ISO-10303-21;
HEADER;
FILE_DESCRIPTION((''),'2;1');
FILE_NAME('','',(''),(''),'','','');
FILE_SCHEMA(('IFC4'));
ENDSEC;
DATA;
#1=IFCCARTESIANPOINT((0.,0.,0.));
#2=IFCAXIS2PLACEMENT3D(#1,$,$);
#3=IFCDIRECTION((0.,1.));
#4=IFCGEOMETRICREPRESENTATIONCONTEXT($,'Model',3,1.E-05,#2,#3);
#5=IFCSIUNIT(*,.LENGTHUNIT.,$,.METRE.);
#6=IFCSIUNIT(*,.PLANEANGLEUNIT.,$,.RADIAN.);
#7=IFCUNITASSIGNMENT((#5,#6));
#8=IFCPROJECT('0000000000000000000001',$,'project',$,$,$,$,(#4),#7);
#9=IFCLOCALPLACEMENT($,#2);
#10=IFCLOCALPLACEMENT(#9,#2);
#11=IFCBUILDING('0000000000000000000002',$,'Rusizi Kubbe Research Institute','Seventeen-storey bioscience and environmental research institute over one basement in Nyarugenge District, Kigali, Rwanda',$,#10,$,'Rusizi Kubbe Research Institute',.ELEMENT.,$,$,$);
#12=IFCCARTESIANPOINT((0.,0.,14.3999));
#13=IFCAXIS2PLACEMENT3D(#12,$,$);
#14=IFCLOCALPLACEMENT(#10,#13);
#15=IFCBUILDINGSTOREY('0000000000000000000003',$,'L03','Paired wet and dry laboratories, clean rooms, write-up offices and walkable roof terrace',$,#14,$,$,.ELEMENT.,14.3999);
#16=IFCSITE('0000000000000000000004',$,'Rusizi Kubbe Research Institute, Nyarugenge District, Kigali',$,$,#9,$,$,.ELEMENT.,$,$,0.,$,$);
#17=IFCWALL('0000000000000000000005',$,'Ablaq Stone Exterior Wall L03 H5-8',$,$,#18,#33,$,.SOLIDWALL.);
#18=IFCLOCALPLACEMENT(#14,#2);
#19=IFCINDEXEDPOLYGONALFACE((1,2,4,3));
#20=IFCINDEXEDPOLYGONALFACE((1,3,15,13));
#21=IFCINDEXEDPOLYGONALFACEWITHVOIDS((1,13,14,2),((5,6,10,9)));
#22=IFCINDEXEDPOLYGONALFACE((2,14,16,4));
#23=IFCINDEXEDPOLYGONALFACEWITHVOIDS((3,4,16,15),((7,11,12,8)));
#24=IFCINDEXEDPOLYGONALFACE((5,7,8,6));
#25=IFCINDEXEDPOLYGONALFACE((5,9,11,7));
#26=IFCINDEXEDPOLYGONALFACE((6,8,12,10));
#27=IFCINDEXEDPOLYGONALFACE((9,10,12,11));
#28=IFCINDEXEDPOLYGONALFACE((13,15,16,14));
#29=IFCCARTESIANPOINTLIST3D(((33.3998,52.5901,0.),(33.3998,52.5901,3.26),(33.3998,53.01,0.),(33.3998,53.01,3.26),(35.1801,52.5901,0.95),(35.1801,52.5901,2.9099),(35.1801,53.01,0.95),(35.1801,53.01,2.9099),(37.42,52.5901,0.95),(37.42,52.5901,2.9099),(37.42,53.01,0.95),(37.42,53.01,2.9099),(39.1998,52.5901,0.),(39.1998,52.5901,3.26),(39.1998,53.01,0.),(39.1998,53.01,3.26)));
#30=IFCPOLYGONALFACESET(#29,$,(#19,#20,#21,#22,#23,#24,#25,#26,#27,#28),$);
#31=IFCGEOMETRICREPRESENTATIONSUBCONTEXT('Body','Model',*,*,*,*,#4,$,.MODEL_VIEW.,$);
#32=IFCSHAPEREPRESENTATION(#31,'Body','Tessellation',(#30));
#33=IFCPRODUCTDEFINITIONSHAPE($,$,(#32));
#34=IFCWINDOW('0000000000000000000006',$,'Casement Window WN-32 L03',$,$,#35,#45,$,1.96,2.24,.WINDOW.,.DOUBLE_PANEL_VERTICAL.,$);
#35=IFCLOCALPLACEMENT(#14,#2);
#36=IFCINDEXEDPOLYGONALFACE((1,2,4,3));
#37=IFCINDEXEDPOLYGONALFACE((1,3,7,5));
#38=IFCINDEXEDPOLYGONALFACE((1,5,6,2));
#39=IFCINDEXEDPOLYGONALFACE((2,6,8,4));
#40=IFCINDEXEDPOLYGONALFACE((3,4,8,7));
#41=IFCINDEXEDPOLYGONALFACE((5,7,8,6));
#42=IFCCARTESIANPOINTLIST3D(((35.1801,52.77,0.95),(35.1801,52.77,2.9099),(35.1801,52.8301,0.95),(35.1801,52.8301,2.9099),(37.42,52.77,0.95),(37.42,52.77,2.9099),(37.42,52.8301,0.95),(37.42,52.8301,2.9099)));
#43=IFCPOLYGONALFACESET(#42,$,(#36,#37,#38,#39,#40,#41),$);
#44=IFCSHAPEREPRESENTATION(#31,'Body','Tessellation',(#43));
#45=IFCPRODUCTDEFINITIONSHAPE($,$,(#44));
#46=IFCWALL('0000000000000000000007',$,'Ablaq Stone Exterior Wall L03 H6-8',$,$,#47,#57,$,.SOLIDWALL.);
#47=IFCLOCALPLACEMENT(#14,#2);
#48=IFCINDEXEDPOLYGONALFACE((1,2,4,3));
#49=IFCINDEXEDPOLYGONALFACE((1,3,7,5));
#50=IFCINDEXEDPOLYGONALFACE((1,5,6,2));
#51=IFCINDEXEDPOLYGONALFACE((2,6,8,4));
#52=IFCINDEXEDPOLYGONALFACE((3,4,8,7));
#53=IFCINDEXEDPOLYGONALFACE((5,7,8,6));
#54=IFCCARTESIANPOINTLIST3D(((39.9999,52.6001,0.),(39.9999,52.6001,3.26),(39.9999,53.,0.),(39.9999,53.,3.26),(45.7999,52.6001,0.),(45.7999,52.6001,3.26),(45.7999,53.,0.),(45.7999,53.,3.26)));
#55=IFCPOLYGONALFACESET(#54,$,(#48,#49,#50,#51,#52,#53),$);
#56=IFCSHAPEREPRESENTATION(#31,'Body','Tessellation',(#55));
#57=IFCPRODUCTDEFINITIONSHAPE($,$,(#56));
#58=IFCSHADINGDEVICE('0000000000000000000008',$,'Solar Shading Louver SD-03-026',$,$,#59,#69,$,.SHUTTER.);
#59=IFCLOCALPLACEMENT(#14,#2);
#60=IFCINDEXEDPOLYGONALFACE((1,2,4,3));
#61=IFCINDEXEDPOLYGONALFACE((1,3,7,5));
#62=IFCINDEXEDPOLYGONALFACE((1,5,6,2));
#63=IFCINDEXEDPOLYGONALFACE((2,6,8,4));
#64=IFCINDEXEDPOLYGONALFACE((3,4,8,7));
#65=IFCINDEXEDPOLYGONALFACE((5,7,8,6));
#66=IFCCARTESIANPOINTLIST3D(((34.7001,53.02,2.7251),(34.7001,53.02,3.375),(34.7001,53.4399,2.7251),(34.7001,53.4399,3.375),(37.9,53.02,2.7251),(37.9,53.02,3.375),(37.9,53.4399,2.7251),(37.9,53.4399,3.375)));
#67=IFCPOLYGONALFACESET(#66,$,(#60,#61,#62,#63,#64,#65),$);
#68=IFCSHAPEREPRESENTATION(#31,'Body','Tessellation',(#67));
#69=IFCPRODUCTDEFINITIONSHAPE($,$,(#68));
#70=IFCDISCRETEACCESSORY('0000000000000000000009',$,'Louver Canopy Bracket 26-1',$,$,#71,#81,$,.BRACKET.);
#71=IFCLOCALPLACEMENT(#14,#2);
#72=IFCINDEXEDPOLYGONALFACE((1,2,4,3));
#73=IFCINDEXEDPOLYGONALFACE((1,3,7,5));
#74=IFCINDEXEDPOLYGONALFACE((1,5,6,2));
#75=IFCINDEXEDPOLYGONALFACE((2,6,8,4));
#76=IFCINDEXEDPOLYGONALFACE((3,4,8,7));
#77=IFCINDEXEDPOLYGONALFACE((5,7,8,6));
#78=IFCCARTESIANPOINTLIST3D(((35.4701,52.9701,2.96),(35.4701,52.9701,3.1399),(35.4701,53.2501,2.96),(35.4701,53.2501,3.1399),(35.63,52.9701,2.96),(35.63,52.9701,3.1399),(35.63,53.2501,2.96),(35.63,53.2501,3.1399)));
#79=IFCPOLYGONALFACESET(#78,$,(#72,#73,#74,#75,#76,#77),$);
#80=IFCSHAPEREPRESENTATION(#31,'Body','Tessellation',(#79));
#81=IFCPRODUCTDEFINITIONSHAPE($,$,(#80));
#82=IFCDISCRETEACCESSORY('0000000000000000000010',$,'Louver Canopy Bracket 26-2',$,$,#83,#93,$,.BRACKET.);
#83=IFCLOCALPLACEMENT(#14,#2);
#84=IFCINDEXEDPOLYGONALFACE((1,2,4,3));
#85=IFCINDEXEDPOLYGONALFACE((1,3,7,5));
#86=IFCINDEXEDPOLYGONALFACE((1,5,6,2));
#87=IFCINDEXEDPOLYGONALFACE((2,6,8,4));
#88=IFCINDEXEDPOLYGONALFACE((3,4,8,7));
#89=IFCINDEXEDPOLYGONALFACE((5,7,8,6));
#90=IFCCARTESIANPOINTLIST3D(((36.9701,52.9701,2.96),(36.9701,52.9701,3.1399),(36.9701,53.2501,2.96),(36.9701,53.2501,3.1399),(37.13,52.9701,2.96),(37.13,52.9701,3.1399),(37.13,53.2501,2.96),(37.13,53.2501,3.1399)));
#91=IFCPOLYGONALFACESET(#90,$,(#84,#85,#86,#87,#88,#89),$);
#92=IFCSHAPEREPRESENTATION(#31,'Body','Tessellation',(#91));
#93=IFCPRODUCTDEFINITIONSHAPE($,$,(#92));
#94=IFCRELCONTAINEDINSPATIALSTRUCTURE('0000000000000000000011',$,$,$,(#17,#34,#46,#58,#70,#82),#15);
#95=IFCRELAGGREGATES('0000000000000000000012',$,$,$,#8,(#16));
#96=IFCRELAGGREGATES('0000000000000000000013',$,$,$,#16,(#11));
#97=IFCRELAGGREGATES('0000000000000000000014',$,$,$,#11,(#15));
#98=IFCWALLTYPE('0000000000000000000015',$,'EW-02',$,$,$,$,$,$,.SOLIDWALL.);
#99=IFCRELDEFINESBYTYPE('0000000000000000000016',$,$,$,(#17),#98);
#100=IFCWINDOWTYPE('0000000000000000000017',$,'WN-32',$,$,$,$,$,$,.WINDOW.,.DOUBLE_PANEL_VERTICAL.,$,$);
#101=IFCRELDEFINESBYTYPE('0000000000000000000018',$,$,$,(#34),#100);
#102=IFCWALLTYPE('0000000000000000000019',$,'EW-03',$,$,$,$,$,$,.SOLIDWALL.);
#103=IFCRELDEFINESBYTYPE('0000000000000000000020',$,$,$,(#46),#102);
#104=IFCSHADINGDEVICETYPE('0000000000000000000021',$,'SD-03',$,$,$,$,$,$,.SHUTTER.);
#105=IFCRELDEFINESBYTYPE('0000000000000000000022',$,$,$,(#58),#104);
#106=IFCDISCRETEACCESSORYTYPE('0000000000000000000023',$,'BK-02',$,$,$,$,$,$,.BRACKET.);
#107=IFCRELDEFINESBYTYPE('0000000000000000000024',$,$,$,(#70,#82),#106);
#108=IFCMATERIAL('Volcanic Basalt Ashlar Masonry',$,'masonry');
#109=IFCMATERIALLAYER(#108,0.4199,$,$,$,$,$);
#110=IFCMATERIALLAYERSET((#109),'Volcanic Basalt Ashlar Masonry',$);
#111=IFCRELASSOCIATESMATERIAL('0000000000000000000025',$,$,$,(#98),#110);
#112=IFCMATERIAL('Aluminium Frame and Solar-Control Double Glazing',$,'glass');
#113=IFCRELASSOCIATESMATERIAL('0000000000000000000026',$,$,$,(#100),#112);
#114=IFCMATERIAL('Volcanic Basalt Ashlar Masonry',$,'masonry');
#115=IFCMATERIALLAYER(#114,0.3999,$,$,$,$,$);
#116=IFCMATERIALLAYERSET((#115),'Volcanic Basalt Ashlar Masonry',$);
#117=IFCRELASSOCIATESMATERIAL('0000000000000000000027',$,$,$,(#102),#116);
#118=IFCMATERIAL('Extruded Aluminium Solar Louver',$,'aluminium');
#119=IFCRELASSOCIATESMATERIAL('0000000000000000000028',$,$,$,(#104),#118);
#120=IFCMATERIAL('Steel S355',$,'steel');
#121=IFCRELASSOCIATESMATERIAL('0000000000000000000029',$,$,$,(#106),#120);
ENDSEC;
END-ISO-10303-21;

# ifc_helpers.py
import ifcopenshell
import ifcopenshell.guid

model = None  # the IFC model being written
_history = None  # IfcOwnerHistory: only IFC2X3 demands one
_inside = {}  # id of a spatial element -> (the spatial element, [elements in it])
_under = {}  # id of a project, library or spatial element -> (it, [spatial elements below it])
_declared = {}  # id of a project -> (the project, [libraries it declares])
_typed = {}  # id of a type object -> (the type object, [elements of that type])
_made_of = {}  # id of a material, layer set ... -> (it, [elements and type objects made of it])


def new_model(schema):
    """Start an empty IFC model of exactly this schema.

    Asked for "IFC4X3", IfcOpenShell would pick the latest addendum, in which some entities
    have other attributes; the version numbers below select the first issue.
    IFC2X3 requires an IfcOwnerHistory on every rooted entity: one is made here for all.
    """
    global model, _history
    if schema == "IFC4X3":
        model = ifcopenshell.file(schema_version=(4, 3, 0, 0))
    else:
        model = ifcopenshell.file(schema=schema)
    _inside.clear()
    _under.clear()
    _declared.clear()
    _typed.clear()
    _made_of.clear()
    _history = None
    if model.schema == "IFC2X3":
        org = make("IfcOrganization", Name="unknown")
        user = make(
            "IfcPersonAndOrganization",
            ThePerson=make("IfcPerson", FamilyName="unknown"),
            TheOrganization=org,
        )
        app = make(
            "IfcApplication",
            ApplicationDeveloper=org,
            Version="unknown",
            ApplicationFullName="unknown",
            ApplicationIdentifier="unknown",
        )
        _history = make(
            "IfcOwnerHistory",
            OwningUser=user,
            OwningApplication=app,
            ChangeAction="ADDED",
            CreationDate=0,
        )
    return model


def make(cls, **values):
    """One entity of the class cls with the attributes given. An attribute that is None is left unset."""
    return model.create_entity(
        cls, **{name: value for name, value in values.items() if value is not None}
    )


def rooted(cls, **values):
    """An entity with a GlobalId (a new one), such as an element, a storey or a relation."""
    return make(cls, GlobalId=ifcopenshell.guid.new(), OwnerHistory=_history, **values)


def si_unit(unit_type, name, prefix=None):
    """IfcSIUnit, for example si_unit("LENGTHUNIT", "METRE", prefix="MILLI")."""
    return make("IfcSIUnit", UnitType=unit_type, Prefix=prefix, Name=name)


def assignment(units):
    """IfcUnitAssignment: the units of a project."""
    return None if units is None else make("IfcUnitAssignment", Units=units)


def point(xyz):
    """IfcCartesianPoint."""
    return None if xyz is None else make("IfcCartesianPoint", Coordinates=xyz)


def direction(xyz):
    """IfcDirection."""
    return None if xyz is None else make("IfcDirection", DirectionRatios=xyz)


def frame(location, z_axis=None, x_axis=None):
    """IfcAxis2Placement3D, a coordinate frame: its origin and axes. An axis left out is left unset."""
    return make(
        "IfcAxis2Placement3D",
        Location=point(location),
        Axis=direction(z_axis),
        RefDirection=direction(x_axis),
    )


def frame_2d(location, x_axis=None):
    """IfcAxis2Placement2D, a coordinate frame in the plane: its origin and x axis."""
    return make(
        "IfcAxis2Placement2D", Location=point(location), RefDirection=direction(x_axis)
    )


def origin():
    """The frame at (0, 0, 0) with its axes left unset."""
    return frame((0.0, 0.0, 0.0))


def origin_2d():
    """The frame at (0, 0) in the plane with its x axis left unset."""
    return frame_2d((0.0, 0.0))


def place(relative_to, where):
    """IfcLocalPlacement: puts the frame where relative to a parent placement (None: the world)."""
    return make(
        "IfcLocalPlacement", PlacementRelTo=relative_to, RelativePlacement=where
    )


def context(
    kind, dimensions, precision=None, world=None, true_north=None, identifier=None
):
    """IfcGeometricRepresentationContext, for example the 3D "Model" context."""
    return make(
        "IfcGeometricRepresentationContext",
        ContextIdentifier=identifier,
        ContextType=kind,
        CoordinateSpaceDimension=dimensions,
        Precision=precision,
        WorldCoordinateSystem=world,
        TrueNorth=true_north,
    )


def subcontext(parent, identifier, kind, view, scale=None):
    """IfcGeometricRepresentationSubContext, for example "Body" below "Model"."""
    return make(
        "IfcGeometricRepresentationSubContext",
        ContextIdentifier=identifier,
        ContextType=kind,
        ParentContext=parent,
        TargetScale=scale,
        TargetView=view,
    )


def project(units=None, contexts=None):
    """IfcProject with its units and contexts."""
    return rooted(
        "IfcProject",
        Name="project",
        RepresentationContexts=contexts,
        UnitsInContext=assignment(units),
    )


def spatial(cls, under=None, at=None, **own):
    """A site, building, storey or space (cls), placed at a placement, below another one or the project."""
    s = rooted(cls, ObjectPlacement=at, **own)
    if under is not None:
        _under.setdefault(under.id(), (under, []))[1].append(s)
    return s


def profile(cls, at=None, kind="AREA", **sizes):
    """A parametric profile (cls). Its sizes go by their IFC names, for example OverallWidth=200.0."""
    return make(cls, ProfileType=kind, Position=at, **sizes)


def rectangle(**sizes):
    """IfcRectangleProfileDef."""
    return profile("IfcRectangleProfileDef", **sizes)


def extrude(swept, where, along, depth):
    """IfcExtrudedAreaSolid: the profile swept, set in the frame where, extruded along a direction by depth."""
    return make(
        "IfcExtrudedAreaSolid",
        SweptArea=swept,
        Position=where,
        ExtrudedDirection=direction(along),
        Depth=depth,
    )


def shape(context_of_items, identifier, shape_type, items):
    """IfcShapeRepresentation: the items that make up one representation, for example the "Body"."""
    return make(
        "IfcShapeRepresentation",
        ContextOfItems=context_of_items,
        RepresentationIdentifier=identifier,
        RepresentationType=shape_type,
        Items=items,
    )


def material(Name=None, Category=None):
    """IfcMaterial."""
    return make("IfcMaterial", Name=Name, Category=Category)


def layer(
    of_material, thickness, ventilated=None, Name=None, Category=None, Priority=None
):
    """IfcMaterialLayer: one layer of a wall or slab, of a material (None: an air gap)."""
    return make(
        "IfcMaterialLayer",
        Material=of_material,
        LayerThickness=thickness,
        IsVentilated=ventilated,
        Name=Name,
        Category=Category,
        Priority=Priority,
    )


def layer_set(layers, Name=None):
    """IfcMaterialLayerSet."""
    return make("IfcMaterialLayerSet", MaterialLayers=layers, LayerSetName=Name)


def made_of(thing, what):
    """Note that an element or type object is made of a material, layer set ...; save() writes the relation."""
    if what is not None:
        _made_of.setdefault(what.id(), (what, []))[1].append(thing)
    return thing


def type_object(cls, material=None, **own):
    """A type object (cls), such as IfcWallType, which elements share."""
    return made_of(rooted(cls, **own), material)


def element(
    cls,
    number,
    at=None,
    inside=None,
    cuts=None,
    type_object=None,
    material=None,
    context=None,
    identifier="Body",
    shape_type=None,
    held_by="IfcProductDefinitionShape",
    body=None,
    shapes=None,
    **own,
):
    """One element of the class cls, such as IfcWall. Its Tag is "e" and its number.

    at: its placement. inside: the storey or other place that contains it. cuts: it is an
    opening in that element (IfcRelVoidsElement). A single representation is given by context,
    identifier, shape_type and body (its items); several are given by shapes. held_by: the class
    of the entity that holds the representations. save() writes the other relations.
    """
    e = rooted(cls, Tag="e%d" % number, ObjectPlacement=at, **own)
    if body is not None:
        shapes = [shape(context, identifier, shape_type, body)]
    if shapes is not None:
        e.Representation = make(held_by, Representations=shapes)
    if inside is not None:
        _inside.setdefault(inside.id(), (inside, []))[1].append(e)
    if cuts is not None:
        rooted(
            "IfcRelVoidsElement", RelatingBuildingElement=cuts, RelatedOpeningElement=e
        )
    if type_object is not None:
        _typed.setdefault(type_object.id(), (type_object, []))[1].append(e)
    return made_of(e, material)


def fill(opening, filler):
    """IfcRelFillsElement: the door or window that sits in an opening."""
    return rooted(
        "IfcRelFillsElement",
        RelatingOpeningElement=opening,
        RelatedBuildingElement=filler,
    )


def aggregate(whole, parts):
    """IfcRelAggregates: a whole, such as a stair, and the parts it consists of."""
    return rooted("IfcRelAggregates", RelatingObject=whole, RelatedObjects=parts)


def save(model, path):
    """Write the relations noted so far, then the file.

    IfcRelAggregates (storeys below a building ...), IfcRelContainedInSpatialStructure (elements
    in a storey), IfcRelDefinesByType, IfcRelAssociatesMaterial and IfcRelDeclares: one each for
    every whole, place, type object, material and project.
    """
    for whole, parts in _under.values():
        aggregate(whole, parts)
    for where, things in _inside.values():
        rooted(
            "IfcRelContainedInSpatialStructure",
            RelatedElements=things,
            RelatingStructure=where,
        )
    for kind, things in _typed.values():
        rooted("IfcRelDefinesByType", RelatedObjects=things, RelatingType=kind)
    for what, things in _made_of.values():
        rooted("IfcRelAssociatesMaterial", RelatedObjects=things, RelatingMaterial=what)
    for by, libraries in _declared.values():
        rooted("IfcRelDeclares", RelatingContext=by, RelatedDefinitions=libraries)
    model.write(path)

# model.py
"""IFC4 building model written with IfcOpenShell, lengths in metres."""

from ifc_helpers import new_model, si_unit, direction, frame, frame_2d, origin, origin_2d, place, context, subcontext, project, spatial, rectangle, extrude, material, layer, layer_set, type_object, element, fill, save


model = new_model("IFC4")

# Units and contexts
model_context = context("Model", 3, precision=1e-05, world=origin(), true_north=direction((0.0, 1.0)))
body_context = subcontext(model_context, "Body", "Model", "MODEL_VIEW")
ifc_project = project(units=[si_unit("LENGTHUNIT", "METRE"), si_unit("PLANEANGLEUNIT", "RADIAN")], contexts=[model_context])

# Site, building, storey
site_placement = place(None, origin())
site = spatial("IfcSite", under=ifc_project, at=site_placement, Name="Rusizi Kubbe Research Institute, Nyarugenge District, Kigali", CompositionType="ELEMENT", RefElevation=0.0)
building_placement = place(site_placement, origin())
building = spatial("IfcBuilding", under=site, at=building_placement, Name="Rusizi Kubbe Research Institute", Description="Seventeen-storey bioscience and environmental research institute over one basement in Nyarugenge District, Kigali, Rwanda", LongName="Rusizi Kubbe Research Institute", CompositionType="ELEMENT")
storey_placement = place(building_placement, frame((0.0, 0.0, 14.3999)))
storey = spatial("IfcBuildingStorey", under=building, at=storey_placement, Name="L03", Description="Paired wet and dry laboratories, clean rooms, write-up offices and walkable roof terrace", CompositionType="ELEMENT", Elevation=14.3999)

# Wall, opening, window
ifc_material_1 = material(Name="Volcanic Basalt Ashlar Masonry", Category="masonry")
ifc_layer_1 = layer(ifc_material_1, 0.4199)
ifc_layer_set_1 = layer_set([ifc_layer_1], Name="Volcanic Basalt Ashlar Masonry")
wall_type_1 = type_object("IfcWallType", Name="EW-02", PredefinedType="SOLIDWALL", material=ifc_layer_set_1)
wall_1_placement = place(storey_placement, frame((33.3999, 52.8, 0.0), z_axis=(0.0, 0.0, 1.0), x_axis=(1.0, 0.0, 0.0)))
wall_1 = element("IfcWall", 1, at=wall_1_placement, inside=storey, type_object=wall_type_1, Name="Ablaq Stone Exterior Wall L03 H5-8", PredefinedType="SOLIDWALL", context=body_context, shape_type="SweptSolid", body=[
    extrude(rectangle(XDim=5.8, YDim=0.4199, at=frame_2d((2.8999, 0.0))), origin(), (0.0, 0.0, 1.0), 3.26),
])
opening_placement = place(wall_1_placement, frame((1.78, 0.0, 0.95)))
opening = element("IfcOpeningElement", 2, at=opening_placement, cuts=wall_1, PredefinedType="OPENING", context=body_context, shape_type="SweptSolid", body=[
    extrude(rectangle(XDim=2.24, YDim=1.96, at=frame_2d((1.1201, 0.98))), frame((0.0, 0.22, 0.0), z_axis=(0.0, -1.0, 0.0), x_axis=(1.0, 0.0, 0.0)), (0.0, 0.0, 1.0), 0.4399),
])
ifc_material_2 = material(Name="Aluminium Frame and Solar-Control Double Glazing", Category="glass")
window_type = type_object("IfcWindowType", Name="WN-32", PartitioningType="DOUBLE_PANEL_VERTICAL", PredefinedType="WINDOW", material=ifc_material_2)
window_placement = place(opening_placement, origin())
window = element("IfcWindow", 3, at=window_placement, inside=storey, type_object=window_type, Name="Casement Window WN-32 L03", OverallHeight=1.96, OverallWidth=2.24, PartitioningType="DOUBLE_PANEL_VERTICAL", PredefinedType="WINDOW", context=body_context, shape_type="SweptSolid", body=[
    extrude(rectangle(XDim=2.24, YDim=1.96, at=frame_2d((1.1201, 0.98))), frame((0.0, 0.03, 0.0), z_axis=(0.0, -1.0, 0.0), x_axis=(1.0, 0.0, 0.0)), (0.0, 0.0, 1.0), 0.0601),
])
fill(opening, window)

# Wall
ifc_material_3 = material(Name="Volcanic Basalt Ashlar Masonry", Category="masonry")
ifc_layer_2 = layer(ifc_material_3, 0.3999)
ifc_layer_set_2 = layer_set([ifc_layer_2], Name="Volcanic Basalt Ashlar Masonry")
wall_type_2 = type_object("IfcWallType", Name="EW-03", PredefinedType="SOLIDWALL", material=ifc_layer_set_2)
wall_2_placement = place(storey_placement, frame((40.0, 52.8, 0.0), z_axis=(0.0, 0.0, 1.0), x_axis=(1.0, 0.0, 0.0)))
element("IfcWall", 4, at=wall_2_placement, inside=storey, type_object=wall_type_2, Name="Ablaq Stone Exterior Wall L03 H6-8", PredefinedType="SOLIDWALL", context=body_context, shape_type="SweptSolid", body=[
    extrude(rectangle(XDim=5.8, YDim=0.3999, at=frame_2d((2.8999, 0.0))), origin(), (0.0, 0.0, 1.0), 3.26),
])

# Shading device
ifc_material_4 = material(Name="Extruded Aluminium Solar Louver", Category="aluminium")
shading_device_type = type_object("IfcShadingDeviceType", Name="SD-03", PredefinedType="SHUTTER", material=ifc_material_4)
shading_device_placement = place(storey_placement, frame((36.3, 53.23, 2.7251), z_axis=(0.0, 0.0, 1.0), x_axis=(1.0, 0.0, 0.0)))
element("IfcShadingDevice", 5, at=shading_device_placement, inside=storey, type_object=shading_device_type, Name="Solar Shading Louver SD-03-026", PredefinedType="SHUTTER", context=body_context, shape_type="SweptSolid", body=[
    extrude(rectangle(XDim=3.2, YDim=0.4199, at=origin_2d()), origin(), (0.0, 0.0, 1.0), 0.6499),
])

# Discrete accessories
ifc_material_5 = material(Name="Steel S355", Category="steel")
discrete_accessory_type = type_object("IfcDiscreteAccessoryType", Name="BK-02", PredefinedType="BRACKET", material=ifc_material_5)
for number, where, z_axis, x_axis, name in (
    (6, (35.55, 53.1101, 2.96), (0.0, 0.0, 1.0), (1.0, 0.0, 0.0), "Louver Canopy Bracket 26-1"),
    (7, (37.05, 53.1101, 2.96), (0.0, 0.0, 1.0), (1.0, 0.0, 0.0), "Louver Canopy Bracket 26-2"),
):
    element("IfcDiscreteAccessory", number, at=place(storey_placement, frame(where, z_axis=z_axis, x_axis=x_axis)), inside=storey, type_object=discrete_accessory_type, Name=name, PredefinedType="BRACKET", context=body_context, shape_type="SweptSolid", body=[
        extrude(rectangle(XDim=0.1599, YDim=0.28, at=origin_2d()), origin(), (0.0, 0.0, 1.0), 0.1799),
    ])

save(model, "model.ifc")
